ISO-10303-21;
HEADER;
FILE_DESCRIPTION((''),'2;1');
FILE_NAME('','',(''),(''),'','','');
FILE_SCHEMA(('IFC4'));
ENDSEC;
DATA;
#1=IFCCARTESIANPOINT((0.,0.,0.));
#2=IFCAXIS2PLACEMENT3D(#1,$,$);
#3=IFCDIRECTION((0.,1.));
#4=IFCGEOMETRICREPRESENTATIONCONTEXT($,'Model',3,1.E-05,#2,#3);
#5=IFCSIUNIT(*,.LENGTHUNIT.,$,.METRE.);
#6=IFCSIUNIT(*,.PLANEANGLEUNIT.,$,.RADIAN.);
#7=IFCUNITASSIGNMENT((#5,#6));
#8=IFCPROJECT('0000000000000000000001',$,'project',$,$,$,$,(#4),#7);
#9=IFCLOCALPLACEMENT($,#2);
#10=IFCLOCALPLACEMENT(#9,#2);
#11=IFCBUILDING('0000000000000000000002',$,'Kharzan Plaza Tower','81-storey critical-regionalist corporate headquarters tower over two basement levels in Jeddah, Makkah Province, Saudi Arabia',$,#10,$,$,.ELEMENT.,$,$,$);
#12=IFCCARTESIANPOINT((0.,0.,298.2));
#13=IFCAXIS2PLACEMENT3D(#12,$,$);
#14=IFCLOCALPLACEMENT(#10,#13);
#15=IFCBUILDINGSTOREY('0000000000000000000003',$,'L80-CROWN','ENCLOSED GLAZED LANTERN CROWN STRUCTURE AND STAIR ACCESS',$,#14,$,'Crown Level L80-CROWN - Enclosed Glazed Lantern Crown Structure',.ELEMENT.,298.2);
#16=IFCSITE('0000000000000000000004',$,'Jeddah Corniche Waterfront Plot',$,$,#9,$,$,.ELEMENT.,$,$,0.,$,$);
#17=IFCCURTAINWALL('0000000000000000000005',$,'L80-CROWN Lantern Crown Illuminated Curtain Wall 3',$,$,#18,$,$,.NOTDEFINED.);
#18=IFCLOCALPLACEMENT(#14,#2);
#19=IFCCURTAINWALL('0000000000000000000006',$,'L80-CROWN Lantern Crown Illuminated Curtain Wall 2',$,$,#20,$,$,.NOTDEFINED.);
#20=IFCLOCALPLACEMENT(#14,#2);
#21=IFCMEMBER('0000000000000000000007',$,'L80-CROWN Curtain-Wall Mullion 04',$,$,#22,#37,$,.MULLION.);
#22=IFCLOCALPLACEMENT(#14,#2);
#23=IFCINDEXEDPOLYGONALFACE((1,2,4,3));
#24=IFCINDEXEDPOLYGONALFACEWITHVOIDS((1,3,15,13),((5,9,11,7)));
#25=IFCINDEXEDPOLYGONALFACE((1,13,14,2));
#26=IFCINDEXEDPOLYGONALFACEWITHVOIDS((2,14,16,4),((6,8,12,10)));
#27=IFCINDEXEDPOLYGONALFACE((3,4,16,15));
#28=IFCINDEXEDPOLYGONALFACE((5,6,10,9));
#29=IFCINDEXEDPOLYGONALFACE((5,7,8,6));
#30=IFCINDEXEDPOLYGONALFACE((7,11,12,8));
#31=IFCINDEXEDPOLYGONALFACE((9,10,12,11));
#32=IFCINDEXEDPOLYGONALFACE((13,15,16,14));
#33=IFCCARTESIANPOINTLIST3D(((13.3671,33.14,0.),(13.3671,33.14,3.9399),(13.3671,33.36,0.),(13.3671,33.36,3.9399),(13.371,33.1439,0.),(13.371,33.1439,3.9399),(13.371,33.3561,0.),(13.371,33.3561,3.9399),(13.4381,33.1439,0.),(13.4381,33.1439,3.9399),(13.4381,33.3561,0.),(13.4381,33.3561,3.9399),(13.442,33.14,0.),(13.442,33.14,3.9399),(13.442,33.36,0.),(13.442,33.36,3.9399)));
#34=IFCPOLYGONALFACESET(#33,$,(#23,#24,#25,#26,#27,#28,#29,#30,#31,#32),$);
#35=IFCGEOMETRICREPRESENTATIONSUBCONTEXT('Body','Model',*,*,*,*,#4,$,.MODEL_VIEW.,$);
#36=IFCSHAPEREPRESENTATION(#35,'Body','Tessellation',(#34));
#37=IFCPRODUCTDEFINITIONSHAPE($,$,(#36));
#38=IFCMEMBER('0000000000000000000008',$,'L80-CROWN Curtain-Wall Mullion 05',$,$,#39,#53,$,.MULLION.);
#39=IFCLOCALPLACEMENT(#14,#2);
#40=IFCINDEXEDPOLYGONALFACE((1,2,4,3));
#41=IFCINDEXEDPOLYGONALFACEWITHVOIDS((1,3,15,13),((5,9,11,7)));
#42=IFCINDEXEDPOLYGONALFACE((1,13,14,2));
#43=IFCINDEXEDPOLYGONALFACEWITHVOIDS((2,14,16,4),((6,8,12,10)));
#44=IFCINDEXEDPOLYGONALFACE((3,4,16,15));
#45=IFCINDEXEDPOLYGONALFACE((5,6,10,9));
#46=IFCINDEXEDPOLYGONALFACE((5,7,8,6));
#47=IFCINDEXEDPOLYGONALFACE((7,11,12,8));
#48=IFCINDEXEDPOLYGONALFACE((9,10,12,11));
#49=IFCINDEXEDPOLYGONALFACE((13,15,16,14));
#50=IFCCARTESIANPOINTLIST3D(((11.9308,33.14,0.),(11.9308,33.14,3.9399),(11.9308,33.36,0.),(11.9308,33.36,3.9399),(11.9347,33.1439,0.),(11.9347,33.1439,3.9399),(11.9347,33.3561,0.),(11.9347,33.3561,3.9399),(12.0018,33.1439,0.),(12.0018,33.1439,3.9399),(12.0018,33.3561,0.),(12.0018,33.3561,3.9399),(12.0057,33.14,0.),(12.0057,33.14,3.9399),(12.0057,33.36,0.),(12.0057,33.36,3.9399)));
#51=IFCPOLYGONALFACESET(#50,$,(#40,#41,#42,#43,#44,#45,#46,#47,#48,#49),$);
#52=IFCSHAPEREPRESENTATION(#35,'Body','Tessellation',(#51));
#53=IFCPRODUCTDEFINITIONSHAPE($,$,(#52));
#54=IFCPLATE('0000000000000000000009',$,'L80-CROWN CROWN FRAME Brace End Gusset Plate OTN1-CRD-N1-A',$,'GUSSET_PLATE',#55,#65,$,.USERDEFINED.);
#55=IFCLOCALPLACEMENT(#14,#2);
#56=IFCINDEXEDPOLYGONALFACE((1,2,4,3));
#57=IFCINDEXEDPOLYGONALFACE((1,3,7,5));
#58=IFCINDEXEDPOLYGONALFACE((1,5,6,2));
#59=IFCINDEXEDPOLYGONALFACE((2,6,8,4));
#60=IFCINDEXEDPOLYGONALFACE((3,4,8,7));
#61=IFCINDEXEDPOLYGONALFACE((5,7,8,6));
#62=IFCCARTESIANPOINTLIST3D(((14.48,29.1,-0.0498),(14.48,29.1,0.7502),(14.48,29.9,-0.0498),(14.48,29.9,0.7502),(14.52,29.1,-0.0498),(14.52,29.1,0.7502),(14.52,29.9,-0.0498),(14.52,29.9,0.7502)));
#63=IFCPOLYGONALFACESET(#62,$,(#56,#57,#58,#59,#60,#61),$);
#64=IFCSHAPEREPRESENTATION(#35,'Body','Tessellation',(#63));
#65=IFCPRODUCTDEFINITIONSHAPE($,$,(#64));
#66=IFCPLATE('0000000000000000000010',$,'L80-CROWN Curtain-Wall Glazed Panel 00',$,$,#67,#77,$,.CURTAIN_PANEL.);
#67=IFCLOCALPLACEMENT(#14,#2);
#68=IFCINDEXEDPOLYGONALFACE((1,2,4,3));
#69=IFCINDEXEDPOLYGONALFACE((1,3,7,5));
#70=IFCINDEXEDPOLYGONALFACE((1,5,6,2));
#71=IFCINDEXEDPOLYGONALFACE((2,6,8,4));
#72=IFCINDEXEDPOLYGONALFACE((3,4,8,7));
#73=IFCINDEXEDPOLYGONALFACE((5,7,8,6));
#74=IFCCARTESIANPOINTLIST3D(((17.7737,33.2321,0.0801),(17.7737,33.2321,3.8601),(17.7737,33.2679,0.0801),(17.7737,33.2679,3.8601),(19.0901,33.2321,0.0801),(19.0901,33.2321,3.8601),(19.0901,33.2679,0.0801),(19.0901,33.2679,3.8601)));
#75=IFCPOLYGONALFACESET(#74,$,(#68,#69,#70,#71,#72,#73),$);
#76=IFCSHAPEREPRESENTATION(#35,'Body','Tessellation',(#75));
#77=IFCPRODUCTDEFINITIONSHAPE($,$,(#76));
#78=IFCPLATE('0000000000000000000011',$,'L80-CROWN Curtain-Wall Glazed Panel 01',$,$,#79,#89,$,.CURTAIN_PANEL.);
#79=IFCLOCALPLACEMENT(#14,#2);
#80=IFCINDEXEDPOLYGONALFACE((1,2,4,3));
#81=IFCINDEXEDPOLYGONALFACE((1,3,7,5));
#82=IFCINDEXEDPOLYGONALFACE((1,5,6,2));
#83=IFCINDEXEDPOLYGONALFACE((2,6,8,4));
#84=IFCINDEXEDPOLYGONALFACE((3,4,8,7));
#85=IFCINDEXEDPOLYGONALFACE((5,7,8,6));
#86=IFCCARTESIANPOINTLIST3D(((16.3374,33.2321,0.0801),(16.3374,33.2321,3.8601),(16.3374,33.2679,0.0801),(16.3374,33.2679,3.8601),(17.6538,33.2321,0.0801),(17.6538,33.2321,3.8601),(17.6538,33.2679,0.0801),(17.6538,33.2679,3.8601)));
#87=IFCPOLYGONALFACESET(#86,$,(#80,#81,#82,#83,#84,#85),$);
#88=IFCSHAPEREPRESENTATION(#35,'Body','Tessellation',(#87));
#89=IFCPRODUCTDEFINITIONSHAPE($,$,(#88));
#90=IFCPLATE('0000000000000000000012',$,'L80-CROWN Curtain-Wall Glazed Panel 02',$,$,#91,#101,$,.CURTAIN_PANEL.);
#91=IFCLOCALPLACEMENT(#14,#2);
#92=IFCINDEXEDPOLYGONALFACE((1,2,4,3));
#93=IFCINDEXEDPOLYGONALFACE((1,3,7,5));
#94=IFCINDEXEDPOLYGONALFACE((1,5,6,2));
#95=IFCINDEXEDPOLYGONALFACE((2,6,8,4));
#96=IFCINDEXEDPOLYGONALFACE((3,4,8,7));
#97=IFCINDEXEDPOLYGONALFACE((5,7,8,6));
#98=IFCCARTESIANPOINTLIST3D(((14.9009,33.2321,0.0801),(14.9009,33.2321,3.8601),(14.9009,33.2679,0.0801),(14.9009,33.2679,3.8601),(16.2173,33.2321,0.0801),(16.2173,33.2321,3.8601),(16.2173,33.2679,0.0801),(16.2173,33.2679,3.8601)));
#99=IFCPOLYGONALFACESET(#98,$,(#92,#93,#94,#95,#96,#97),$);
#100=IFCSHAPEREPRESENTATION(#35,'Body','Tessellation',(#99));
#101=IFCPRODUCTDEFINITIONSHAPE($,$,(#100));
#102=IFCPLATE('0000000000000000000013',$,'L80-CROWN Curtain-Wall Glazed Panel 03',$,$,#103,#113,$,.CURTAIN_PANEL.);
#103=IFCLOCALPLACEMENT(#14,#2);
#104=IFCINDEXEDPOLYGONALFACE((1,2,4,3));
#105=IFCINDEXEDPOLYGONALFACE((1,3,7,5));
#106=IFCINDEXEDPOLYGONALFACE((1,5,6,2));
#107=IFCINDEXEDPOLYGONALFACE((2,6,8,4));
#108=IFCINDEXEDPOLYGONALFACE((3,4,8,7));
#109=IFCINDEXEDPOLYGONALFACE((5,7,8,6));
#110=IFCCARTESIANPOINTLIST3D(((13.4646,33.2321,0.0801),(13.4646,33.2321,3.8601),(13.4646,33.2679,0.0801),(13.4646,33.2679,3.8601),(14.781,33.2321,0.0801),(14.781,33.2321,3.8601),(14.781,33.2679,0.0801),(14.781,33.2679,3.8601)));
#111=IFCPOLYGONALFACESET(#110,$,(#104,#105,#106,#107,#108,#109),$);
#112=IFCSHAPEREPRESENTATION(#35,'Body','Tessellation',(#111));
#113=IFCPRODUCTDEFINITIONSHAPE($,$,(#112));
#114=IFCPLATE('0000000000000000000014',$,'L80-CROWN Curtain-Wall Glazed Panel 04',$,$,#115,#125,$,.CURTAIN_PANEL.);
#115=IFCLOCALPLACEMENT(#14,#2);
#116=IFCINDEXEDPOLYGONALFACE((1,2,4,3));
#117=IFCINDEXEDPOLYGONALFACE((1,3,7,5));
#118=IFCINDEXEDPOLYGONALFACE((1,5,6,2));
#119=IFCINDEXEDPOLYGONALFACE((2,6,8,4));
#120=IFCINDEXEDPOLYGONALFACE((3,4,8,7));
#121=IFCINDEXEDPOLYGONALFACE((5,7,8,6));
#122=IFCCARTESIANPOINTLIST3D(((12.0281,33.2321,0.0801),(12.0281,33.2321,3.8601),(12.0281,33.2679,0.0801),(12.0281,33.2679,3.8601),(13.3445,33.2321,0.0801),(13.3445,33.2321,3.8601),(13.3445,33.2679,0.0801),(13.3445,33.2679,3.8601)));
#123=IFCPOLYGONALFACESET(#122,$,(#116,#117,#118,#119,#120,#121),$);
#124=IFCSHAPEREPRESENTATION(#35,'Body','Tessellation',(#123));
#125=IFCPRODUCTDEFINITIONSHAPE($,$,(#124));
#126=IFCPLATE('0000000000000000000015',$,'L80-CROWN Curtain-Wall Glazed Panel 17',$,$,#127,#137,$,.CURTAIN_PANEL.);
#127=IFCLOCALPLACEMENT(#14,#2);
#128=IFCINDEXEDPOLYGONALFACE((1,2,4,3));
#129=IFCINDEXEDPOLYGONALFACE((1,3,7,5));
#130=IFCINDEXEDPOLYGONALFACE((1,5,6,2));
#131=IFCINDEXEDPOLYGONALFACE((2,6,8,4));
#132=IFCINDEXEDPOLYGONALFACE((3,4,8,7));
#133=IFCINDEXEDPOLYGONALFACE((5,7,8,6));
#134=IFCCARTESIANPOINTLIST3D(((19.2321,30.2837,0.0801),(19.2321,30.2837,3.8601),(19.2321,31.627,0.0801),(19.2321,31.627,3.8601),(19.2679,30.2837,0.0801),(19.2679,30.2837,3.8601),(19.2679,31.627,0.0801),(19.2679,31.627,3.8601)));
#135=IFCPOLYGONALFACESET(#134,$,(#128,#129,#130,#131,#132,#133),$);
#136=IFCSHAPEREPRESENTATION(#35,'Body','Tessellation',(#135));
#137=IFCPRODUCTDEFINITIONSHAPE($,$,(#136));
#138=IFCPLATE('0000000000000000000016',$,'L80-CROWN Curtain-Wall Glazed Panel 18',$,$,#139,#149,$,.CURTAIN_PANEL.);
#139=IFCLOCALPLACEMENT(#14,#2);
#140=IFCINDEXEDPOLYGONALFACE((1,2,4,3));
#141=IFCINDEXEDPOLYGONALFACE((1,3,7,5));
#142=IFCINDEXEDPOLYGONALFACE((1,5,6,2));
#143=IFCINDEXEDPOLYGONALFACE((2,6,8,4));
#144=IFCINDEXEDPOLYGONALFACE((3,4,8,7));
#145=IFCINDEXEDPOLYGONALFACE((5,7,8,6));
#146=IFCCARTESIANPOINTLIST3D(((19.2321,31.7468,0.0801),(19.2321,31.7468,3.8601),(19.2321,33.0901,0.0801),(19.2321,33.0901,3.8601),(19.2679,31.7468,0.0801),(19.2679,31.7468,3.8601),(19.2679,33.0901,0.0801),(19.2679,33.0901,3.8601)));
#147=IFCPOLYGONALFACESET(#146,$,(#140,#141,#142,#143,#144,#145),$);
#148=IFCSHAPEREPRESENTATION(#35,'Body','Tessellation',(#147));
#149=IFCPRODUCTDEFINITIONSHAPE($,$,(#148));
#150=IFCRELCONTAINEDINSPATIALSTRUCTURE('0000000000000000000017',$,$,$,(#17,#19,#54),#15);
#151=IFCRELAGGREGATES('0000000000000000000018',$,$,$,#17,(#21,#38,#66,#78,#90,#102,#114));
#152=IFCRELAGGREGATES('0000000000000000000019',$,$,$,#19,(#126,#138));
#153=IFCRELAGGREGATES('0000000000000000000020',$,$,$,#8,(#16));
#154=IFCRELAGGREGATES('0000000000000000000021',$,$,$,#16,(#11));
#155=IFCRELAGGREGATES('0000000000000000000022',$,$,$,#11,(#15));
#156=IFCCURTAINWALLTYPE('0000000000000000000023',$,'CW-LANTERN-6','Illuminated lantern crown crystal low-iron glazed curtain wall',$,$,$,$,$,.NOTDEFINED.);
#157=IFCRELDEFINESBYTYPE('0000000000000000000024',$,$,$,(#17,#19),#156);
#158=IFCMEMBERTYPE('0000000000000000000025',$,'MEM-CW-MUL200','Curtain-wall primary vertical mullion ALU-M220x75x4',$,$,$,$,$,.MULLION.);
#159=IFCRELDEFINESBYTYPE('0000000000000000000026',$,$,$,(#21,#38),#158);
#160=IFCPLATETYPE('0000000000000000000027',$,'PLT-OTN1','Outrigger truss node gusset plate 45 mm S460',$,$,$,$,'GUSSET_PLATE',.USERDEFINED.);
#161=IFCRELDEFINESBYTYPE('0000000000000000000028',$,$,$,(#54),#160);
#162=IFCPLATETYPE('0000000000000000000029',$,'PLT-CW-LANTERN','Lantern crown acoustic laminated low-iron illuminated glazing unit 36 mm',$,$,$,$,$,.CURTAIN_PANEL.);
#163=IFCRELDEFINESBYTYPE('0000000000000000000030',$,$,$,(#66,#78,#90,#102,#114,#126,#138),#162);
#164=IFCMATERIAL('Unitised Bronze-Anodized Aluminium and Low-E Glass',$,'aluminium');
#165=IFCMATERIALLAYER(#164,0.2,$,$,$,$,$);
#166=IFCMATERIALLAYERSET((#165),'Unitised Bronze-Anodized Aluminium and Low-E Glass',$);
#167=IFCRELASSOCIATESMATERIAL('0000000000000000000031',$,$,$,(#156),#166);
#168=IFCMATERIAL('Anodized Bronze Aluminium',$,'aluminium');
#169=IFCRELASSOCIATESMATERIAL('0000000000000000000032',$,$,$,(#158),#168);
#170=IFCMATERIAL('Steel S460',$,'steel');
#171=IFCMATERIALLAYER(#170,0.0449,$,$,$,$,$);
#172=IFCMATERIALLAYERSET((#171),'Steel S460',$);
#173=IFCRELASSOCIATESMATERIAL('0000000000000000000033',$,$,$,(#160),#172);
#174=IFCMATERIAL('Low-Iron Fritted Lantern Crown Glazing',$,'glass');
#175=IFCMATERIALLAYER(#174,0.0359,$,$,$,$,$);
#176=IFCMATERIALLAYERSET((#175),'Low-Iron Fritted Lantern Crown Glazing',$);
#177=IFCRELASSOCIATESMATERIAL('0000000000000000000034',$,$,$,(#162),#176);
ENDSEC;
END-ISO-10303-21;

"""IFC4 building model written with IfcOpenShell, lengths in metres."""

from ifc_helpers import new_model, si_unit, direction, frame, origin, origin_2d, place, context, subcontext, project, spatial, rectangle, hollow_rectangle, extrude, source, transform, mapped, material, layer, layer_set, material_profile, profile_set, type_object, element, aggregate, save


model = new_model("IFC4")

# Units and contexts
model_context = context("Model", 3, precision=1e-05, world=origin(), true_north=direction((0.0, 1.0)))
body_context = subcontext(model_context, "Body", "Model", "MODEL_VIEW")
ifc_project = project(units=[si_unit("LENGTHUNIT", "METRE"), si_unit("PLANEANGLEUNIT", "RADIAN")], contexts=[model_context])

# Site, building, storey
site_placement = place(None, origin())
site = spatial("IfcSite", under=ifc_project, at=site_placement, Name="Jeddah Corniche Waterfront Plot", CompositionType="ELEMENT", RefElevation=0.0)
building_placement = place(site_placement, origin())
building = spatial("IfcBuilding", under=site, at=building_placement, Name="Kharzan Plaza Tower", Description="81-storey critical-regionalist corporate headquarters tower over two basement levels in Jeddah, Makkah Province, Saudi Arabia", CompositionType="ELEMENT")
storey_placement = place(building_placement, frame((0.0, 0.0, 298.2)))
storey = spatial("IfcBuildingStorey", under=building, at=storey_placement, Name="L80-CROWN", Description="ENCLOSED GLAZED LANTERN CROWN STRUCTURE AND STAIR ACCESS", LongName="Crown Level L80-CROWN - Enclosed Glazed Lantern Crown Structure", CompositionType="ELEMENT", Elevation=298.2)

# Curtain wall
ifc_material_1 = material(Name="Unitised Bronze-Anodized Aluminium and Low-E Glass", Category="aluminium")
ifc_layer_1 = layer(ifc_material_1, 0.2)
ifc_layer_set_1 = layer_set([ifc_layer_1], Name="Unitised Bronze-Anodized Aluminium and Low-E Glass")
curtain_wall_type = type_object("IfcCurtainWallType", Name="CW-LANTERN-6", Description="Illuminated lantern crown crystal low-iron glazed curtain wall", PredefinedType="NOTDEFINED", material=ifc_layer_set_1)
curtain_wall_1_placement = place(storey_placement, origin())
curtain_wall_1 = element("IfcCurtainWall", 1, at=curtain_wall_1_placement, inside=storey, type_object=curtain_wall_type, Name="L80-CROWN Lantern Crown Illuminated Curtain Wall 3", PredefinedType="NOTDEFINED")
ifc_material_2 = material(Name="Anodized Bronze Aluminium", Category="aluminium")

# Curtain wall
curtain_wall_2_placement = place(storey_placement, origin())
curtain_wall_2 = element("IfcCurtainWall", 2, at=curtain_wall_2_placement, inside=storey, type_object=curtain_wall_type, Name="L80-CROWN Lantern Crown Illuminated Curtain Wall 2", PredefinedType="NOTDEFINED")
ifc_material_profile_1 = material_profile(ifc_material_2, hollow_rectangle(XDim=0.075, YDim=0.22, WallThickness=0.0039, at=origin_2d()), Name="ALU-M220x75x4")
ifc_profile_set_1 = profile_set([ifc_material_profile_1], Name="Anodized Bronze Aluminium")
member_type_1 = type_object("IfcMemberType", Name="MEM-CW-MUL200", Description="Curtain-wall primary vertical mullion ALU-M220x75x4", PredefinedType="MULLION", material=ifc_profile_set_1)
shared_shape_1 = source(origin(), body_context, "Body", "SweptSolid", [
    extrude(hollow_rectangle(XDim=0.075, YDim=0.22, WallThickness=0.0039, at=origin_2d()), origin(), (0.0, 0.0, 1.0), 3.9399),
])

# Members
member_1_placement = place(storey_placement, frame((13.4045, 33.25, 0.0), z_axis=(0.0, 0.0, 1.0), x_axis=(1.0, 0.0, 0.0)))
member_1 = element("IfcMember", 3, at=member_1_placement, type_object=member_type_1, Name="L80-CROWN Curtain-Wall Mullion 04", PredefinedType="MULLION", context=body_context, shape_type="MappedRepresentation", body=[
    mapped(shared_shape_1, transform((0.0, 0.0, 0.0), x_axis=(1.0, 0.0, 0.0), y_axis=(0.0, 1.0, 0.0), z_axis=(0.0, 0.0, 1.0))),
])
member_2_placement = place(storey_placement, frame((11.9683, 33.25, 0.0), z_axis=(0.0, 0.0, 1.0), x_axis=(1.0, 0.0, 0.0)))
member_2 = element("IfcMember", 4, at=member_2_placement, type_object=member_type_1, Name="L80-CROWN Curtain-Wall Mullion 05", PredefinedType="MULLION", context=body_context, shape_type="MappedRepresentation", body=[
    mapped(shared_shape_1, transform((0.0, 0.0, 0.0), x_axis=(1.0, 0.0, 0.0), y_axis=(0.0, 1.0, 0.0), z_axis=(0.0, 0.0, 1.0))),
])

# Plates
ifc_material_3 = material(Name="Steel S460", Category="steel")
ifc_layer_2 = layer(ifc_material_3, 0.0449)
ifc_layer_set_2 = layer_set([ifc_layer_2], Name="Steel S460")
plate_type_1 = type_object("IfcPlateType", Name="PLT-OTN1", Description="Outrigger truss node gusset plate 45 mm S460", ElementType="GUSSET_PLATE", PredefinedType="USERDEFINED", material=ifc_layer_set_2)
shared_shape_2 = source(origin(), body_context, "Body", "SweptSolid", [
    extrude(rectangle(XDim=0.8, YDim=0.04, at=origin_2d()), origin(), (0.0, 0.0, 1.0), 0.8),
])
plate_1_placement = place(storey_placement, frame((14.5, 29.5, -0.0498), z_axis=(0.0, 0.0, 1.0), x_axis=(0.0, -1.0, 0.0)))
element("IfcPlate", 5, at=plate_1_placement, inside=storey, type_object=plate_type_1, Name="L80-CROWN CROWN FRAME Brace End Gusset Plate OTN1-CRD-N1-A", ObjectType="GUSSET_PLATE", PredefinedType="USERDEFINED", context=body_context, shape_type="MappedRepresentation", body=[
    mapped(shared_shape_2, transform((0.0, 0.0, 0.0), x_axis=(1.0, 0.0, 0.0), y_axis=(0.0, 1.0, 0.0), z_axis=(0.0, 0.0, 1.0))),
])
ifc_material_4 = material(Name="Low-Iron Fritted Lantern Crown Glazing", Category="glass")
ifc_layer_3 = layer(ifc_material_4, 0.0359)
ifc_layer_set_3 = layer_set([ifc_layer_3], Name="Low-Iron Fritted Lantern Crown Glazing")
plate_type_2 = type_object("IfcPlateType", Name="PLT-CW-LANTERN", Description="Lantern crown acoustic laminated low-iron illuminated glazing unit 36 mm", PredefinedType="CURTAIN_PANEL", material=ifc_layer_set_3)
shared_shape_3 = source(origin(), body_context, "Body", "SweptSolid", [
    extrude(rectangle(XDim=1.3164, YDim=0.0359, at=origin_2d()), origin(), (0.0, 0.0, 1.0), 3.78),
])
plate_2_placement = place(storey_placement, frame((18.4319, 33.25, 0.0801), z_axis=(0.0, 0.0, 1.0), x_axis=(-1.0, 0.0, 0.0)))
plate_2 = element("IfcPlate", 6, at=plate_2_placement, type_object=plate_type_2, Name="L80-CROWN Curtain-Wall Glazed Panel 00", PredefinedType="CURTAIN_PANEL", context=body_context, shape_type="MappedRepresentation", body=[
    mapped(shared_shape_3, transform((0.0, 0.0, 0.0), x_axis=(1.0, 0.0, 0.0), y_axis=(0.0, 1.0, 0.0), z_axis=(0.0, 0.0, 1.0))),
])
plate_3_placement = place(storey_placement, frame((16.9956, 33.25, 0.0801), z_axis=(0.0, 0.0, 1.0), x_axis=(-1.0, 0.0, 0.0)))
plate_3 = element("IfcPlate", 7, at=plate_3_placement, type_object=plate_type_2, Name="L80-CROWN Curtain-Wall Glazed Panel 01", PredefinedType="CURTAIN_PANEL", context=body_context, shape_type="MappedRepresentation", body=[
    mapped(shared_shape_3, transform((0.0, 0.0, 0.0), x_axis=(1.0, 0.0, 0.0), y_axis=(0.0, 1.0, 0.0), z_axis=(0.0, 0.0, 1.0))),
])
plate_4_placement = place(storey_placement, frame((15.5591, 33.25, 0.0801), z_axis=(0.0, 0.0, 1.0), x_axis=(-1.0, 0.0, 0.0)))
plate_4 = element("IfcPlate", 8, at=plate_4_placement, type_object=plate_type_2, Name="L80-CROWN Curtain-Wall Glazed Panel 02", PredefinedType="CURTAIN_PANEL", context=body_context, shape_type="MappedRepresentation", body=[
    mapped(shared_shape_3, transform((0.0, 0.0, 0.0), x_axis=(1.0, 0.0, 0.0), y_axis=(0.0, 1.0, 0.0), z_axis=(0.0, 0.0, 1.0))),
])
plate_5_placement = place(storey_placement, frame((14.1228, 33.25, 0.0801), z_axis=(0.0, 0.0, 1.0), x_axis=(-1.0, 0.0, 0.0)))
plate_5 = element("IfcPlate", 9, at=plate_5_placement, type_object=plate_type_2, Name="L80-CROWN Curtain-Wall Glazed Panel 03", PredefinedType="CURTAIN_PANEL", context=body_context, shape_type="MappedRepresentation", body=[
    mapped(shared_shape_3, transform((0.0, 0.0, 0.0), x_axis=(1.0, 0.0, 0.0), y_axis=(0.0, 1.0, 0.0), z_axis=(0.0, 0.0, 1.0))),
])
plate_6_placement = place(storey_placement, frame((12.6863, 33.25, 0.0801), z_axis=(0.0, 0.0, 1.0), x_axis=(-1.0, 0.0, 0.0)))
plate_6 = element("IfcPlate", 10, at=plate_6_placement, type_object=plate_type_2, Name="L80-CROWN Curtain-Wall Glazed Panel 04", PredefinedType="CURTAIN_PANEL", context=body_context, shape_type="MappedRepresentation", body=[
    mapped(shared_shape_3, transform((0.0, 0.0, 0.0), x_axis=(1.0, 0.0, 0.0), y_axis=(0.0, 1.0, 0.0), z_axis=(0.0, 0.0, 1.0))),
])
aggregate(curtain_wall_1, [member_1, member_2, plate_2, plate_3, plate_4, plate_5, plate_6])
shared_shape_4 = source(origin(), body_context, "Body", "SweptSolid", [
    extrude(rectangle(XDim=1.3433, YDim=0.0359, at=origin_2d()), origin(), (0.0, 0.0, 1.0), 3.78),
])
plate_7_placement = place(storey_placement, frame((19.25, 30.9553, 0.0801), z_axis=(0.0, 0.0, 1.0), x_axis=(0.0, 1.0, 0.0)))
plate_7 = element("IfcPlate", 11, at=plate_7_placement, type_object=plate_type_2, Name="L80-CROWN Curtain-Wall Glazed Panel 17", PredefinedType="CURTAIN_PANEL", context=body_context, shape_type="MappedRepresentation", body=[
    mapped(shared_shape_4, transform((0.0, 0.0, 0.0), x_axis=(1.0, 0.0, 0.0), y_axis=(0.0, 1.0, 0.0), z_axis=(0.0, 0.0, 1.0))),
])
plate_8_placement = place(storey_placement, frame((19.25, 32.4185, 0.0801), z_axis=(0.0, 0.0, 1.0), x_axis=(0.0, 1.0, 0.0)))
plate_8 = element("IfcPlate", 12, at=plate_8_placement, type_object=plate_type_2, Name="L80-CROWN Curtain-Wall Glazed Panel 18", PredefinedType="CURTAIN_PANEL", context=body_context, shape_type="MappedRepresentation", body=[
    mapped(shared_shape_4, transform((0.0, 0.0, 0.0), x_axis=(1.0, 0.0, 0.0), y_axis=(0.0, 1.0, 0.0), z_axis=(0.0, 0.0, 1.0))),
])
aggregate(curtain_wall_2, [plate_7, plate_8])

save(model, "model.ifc")
